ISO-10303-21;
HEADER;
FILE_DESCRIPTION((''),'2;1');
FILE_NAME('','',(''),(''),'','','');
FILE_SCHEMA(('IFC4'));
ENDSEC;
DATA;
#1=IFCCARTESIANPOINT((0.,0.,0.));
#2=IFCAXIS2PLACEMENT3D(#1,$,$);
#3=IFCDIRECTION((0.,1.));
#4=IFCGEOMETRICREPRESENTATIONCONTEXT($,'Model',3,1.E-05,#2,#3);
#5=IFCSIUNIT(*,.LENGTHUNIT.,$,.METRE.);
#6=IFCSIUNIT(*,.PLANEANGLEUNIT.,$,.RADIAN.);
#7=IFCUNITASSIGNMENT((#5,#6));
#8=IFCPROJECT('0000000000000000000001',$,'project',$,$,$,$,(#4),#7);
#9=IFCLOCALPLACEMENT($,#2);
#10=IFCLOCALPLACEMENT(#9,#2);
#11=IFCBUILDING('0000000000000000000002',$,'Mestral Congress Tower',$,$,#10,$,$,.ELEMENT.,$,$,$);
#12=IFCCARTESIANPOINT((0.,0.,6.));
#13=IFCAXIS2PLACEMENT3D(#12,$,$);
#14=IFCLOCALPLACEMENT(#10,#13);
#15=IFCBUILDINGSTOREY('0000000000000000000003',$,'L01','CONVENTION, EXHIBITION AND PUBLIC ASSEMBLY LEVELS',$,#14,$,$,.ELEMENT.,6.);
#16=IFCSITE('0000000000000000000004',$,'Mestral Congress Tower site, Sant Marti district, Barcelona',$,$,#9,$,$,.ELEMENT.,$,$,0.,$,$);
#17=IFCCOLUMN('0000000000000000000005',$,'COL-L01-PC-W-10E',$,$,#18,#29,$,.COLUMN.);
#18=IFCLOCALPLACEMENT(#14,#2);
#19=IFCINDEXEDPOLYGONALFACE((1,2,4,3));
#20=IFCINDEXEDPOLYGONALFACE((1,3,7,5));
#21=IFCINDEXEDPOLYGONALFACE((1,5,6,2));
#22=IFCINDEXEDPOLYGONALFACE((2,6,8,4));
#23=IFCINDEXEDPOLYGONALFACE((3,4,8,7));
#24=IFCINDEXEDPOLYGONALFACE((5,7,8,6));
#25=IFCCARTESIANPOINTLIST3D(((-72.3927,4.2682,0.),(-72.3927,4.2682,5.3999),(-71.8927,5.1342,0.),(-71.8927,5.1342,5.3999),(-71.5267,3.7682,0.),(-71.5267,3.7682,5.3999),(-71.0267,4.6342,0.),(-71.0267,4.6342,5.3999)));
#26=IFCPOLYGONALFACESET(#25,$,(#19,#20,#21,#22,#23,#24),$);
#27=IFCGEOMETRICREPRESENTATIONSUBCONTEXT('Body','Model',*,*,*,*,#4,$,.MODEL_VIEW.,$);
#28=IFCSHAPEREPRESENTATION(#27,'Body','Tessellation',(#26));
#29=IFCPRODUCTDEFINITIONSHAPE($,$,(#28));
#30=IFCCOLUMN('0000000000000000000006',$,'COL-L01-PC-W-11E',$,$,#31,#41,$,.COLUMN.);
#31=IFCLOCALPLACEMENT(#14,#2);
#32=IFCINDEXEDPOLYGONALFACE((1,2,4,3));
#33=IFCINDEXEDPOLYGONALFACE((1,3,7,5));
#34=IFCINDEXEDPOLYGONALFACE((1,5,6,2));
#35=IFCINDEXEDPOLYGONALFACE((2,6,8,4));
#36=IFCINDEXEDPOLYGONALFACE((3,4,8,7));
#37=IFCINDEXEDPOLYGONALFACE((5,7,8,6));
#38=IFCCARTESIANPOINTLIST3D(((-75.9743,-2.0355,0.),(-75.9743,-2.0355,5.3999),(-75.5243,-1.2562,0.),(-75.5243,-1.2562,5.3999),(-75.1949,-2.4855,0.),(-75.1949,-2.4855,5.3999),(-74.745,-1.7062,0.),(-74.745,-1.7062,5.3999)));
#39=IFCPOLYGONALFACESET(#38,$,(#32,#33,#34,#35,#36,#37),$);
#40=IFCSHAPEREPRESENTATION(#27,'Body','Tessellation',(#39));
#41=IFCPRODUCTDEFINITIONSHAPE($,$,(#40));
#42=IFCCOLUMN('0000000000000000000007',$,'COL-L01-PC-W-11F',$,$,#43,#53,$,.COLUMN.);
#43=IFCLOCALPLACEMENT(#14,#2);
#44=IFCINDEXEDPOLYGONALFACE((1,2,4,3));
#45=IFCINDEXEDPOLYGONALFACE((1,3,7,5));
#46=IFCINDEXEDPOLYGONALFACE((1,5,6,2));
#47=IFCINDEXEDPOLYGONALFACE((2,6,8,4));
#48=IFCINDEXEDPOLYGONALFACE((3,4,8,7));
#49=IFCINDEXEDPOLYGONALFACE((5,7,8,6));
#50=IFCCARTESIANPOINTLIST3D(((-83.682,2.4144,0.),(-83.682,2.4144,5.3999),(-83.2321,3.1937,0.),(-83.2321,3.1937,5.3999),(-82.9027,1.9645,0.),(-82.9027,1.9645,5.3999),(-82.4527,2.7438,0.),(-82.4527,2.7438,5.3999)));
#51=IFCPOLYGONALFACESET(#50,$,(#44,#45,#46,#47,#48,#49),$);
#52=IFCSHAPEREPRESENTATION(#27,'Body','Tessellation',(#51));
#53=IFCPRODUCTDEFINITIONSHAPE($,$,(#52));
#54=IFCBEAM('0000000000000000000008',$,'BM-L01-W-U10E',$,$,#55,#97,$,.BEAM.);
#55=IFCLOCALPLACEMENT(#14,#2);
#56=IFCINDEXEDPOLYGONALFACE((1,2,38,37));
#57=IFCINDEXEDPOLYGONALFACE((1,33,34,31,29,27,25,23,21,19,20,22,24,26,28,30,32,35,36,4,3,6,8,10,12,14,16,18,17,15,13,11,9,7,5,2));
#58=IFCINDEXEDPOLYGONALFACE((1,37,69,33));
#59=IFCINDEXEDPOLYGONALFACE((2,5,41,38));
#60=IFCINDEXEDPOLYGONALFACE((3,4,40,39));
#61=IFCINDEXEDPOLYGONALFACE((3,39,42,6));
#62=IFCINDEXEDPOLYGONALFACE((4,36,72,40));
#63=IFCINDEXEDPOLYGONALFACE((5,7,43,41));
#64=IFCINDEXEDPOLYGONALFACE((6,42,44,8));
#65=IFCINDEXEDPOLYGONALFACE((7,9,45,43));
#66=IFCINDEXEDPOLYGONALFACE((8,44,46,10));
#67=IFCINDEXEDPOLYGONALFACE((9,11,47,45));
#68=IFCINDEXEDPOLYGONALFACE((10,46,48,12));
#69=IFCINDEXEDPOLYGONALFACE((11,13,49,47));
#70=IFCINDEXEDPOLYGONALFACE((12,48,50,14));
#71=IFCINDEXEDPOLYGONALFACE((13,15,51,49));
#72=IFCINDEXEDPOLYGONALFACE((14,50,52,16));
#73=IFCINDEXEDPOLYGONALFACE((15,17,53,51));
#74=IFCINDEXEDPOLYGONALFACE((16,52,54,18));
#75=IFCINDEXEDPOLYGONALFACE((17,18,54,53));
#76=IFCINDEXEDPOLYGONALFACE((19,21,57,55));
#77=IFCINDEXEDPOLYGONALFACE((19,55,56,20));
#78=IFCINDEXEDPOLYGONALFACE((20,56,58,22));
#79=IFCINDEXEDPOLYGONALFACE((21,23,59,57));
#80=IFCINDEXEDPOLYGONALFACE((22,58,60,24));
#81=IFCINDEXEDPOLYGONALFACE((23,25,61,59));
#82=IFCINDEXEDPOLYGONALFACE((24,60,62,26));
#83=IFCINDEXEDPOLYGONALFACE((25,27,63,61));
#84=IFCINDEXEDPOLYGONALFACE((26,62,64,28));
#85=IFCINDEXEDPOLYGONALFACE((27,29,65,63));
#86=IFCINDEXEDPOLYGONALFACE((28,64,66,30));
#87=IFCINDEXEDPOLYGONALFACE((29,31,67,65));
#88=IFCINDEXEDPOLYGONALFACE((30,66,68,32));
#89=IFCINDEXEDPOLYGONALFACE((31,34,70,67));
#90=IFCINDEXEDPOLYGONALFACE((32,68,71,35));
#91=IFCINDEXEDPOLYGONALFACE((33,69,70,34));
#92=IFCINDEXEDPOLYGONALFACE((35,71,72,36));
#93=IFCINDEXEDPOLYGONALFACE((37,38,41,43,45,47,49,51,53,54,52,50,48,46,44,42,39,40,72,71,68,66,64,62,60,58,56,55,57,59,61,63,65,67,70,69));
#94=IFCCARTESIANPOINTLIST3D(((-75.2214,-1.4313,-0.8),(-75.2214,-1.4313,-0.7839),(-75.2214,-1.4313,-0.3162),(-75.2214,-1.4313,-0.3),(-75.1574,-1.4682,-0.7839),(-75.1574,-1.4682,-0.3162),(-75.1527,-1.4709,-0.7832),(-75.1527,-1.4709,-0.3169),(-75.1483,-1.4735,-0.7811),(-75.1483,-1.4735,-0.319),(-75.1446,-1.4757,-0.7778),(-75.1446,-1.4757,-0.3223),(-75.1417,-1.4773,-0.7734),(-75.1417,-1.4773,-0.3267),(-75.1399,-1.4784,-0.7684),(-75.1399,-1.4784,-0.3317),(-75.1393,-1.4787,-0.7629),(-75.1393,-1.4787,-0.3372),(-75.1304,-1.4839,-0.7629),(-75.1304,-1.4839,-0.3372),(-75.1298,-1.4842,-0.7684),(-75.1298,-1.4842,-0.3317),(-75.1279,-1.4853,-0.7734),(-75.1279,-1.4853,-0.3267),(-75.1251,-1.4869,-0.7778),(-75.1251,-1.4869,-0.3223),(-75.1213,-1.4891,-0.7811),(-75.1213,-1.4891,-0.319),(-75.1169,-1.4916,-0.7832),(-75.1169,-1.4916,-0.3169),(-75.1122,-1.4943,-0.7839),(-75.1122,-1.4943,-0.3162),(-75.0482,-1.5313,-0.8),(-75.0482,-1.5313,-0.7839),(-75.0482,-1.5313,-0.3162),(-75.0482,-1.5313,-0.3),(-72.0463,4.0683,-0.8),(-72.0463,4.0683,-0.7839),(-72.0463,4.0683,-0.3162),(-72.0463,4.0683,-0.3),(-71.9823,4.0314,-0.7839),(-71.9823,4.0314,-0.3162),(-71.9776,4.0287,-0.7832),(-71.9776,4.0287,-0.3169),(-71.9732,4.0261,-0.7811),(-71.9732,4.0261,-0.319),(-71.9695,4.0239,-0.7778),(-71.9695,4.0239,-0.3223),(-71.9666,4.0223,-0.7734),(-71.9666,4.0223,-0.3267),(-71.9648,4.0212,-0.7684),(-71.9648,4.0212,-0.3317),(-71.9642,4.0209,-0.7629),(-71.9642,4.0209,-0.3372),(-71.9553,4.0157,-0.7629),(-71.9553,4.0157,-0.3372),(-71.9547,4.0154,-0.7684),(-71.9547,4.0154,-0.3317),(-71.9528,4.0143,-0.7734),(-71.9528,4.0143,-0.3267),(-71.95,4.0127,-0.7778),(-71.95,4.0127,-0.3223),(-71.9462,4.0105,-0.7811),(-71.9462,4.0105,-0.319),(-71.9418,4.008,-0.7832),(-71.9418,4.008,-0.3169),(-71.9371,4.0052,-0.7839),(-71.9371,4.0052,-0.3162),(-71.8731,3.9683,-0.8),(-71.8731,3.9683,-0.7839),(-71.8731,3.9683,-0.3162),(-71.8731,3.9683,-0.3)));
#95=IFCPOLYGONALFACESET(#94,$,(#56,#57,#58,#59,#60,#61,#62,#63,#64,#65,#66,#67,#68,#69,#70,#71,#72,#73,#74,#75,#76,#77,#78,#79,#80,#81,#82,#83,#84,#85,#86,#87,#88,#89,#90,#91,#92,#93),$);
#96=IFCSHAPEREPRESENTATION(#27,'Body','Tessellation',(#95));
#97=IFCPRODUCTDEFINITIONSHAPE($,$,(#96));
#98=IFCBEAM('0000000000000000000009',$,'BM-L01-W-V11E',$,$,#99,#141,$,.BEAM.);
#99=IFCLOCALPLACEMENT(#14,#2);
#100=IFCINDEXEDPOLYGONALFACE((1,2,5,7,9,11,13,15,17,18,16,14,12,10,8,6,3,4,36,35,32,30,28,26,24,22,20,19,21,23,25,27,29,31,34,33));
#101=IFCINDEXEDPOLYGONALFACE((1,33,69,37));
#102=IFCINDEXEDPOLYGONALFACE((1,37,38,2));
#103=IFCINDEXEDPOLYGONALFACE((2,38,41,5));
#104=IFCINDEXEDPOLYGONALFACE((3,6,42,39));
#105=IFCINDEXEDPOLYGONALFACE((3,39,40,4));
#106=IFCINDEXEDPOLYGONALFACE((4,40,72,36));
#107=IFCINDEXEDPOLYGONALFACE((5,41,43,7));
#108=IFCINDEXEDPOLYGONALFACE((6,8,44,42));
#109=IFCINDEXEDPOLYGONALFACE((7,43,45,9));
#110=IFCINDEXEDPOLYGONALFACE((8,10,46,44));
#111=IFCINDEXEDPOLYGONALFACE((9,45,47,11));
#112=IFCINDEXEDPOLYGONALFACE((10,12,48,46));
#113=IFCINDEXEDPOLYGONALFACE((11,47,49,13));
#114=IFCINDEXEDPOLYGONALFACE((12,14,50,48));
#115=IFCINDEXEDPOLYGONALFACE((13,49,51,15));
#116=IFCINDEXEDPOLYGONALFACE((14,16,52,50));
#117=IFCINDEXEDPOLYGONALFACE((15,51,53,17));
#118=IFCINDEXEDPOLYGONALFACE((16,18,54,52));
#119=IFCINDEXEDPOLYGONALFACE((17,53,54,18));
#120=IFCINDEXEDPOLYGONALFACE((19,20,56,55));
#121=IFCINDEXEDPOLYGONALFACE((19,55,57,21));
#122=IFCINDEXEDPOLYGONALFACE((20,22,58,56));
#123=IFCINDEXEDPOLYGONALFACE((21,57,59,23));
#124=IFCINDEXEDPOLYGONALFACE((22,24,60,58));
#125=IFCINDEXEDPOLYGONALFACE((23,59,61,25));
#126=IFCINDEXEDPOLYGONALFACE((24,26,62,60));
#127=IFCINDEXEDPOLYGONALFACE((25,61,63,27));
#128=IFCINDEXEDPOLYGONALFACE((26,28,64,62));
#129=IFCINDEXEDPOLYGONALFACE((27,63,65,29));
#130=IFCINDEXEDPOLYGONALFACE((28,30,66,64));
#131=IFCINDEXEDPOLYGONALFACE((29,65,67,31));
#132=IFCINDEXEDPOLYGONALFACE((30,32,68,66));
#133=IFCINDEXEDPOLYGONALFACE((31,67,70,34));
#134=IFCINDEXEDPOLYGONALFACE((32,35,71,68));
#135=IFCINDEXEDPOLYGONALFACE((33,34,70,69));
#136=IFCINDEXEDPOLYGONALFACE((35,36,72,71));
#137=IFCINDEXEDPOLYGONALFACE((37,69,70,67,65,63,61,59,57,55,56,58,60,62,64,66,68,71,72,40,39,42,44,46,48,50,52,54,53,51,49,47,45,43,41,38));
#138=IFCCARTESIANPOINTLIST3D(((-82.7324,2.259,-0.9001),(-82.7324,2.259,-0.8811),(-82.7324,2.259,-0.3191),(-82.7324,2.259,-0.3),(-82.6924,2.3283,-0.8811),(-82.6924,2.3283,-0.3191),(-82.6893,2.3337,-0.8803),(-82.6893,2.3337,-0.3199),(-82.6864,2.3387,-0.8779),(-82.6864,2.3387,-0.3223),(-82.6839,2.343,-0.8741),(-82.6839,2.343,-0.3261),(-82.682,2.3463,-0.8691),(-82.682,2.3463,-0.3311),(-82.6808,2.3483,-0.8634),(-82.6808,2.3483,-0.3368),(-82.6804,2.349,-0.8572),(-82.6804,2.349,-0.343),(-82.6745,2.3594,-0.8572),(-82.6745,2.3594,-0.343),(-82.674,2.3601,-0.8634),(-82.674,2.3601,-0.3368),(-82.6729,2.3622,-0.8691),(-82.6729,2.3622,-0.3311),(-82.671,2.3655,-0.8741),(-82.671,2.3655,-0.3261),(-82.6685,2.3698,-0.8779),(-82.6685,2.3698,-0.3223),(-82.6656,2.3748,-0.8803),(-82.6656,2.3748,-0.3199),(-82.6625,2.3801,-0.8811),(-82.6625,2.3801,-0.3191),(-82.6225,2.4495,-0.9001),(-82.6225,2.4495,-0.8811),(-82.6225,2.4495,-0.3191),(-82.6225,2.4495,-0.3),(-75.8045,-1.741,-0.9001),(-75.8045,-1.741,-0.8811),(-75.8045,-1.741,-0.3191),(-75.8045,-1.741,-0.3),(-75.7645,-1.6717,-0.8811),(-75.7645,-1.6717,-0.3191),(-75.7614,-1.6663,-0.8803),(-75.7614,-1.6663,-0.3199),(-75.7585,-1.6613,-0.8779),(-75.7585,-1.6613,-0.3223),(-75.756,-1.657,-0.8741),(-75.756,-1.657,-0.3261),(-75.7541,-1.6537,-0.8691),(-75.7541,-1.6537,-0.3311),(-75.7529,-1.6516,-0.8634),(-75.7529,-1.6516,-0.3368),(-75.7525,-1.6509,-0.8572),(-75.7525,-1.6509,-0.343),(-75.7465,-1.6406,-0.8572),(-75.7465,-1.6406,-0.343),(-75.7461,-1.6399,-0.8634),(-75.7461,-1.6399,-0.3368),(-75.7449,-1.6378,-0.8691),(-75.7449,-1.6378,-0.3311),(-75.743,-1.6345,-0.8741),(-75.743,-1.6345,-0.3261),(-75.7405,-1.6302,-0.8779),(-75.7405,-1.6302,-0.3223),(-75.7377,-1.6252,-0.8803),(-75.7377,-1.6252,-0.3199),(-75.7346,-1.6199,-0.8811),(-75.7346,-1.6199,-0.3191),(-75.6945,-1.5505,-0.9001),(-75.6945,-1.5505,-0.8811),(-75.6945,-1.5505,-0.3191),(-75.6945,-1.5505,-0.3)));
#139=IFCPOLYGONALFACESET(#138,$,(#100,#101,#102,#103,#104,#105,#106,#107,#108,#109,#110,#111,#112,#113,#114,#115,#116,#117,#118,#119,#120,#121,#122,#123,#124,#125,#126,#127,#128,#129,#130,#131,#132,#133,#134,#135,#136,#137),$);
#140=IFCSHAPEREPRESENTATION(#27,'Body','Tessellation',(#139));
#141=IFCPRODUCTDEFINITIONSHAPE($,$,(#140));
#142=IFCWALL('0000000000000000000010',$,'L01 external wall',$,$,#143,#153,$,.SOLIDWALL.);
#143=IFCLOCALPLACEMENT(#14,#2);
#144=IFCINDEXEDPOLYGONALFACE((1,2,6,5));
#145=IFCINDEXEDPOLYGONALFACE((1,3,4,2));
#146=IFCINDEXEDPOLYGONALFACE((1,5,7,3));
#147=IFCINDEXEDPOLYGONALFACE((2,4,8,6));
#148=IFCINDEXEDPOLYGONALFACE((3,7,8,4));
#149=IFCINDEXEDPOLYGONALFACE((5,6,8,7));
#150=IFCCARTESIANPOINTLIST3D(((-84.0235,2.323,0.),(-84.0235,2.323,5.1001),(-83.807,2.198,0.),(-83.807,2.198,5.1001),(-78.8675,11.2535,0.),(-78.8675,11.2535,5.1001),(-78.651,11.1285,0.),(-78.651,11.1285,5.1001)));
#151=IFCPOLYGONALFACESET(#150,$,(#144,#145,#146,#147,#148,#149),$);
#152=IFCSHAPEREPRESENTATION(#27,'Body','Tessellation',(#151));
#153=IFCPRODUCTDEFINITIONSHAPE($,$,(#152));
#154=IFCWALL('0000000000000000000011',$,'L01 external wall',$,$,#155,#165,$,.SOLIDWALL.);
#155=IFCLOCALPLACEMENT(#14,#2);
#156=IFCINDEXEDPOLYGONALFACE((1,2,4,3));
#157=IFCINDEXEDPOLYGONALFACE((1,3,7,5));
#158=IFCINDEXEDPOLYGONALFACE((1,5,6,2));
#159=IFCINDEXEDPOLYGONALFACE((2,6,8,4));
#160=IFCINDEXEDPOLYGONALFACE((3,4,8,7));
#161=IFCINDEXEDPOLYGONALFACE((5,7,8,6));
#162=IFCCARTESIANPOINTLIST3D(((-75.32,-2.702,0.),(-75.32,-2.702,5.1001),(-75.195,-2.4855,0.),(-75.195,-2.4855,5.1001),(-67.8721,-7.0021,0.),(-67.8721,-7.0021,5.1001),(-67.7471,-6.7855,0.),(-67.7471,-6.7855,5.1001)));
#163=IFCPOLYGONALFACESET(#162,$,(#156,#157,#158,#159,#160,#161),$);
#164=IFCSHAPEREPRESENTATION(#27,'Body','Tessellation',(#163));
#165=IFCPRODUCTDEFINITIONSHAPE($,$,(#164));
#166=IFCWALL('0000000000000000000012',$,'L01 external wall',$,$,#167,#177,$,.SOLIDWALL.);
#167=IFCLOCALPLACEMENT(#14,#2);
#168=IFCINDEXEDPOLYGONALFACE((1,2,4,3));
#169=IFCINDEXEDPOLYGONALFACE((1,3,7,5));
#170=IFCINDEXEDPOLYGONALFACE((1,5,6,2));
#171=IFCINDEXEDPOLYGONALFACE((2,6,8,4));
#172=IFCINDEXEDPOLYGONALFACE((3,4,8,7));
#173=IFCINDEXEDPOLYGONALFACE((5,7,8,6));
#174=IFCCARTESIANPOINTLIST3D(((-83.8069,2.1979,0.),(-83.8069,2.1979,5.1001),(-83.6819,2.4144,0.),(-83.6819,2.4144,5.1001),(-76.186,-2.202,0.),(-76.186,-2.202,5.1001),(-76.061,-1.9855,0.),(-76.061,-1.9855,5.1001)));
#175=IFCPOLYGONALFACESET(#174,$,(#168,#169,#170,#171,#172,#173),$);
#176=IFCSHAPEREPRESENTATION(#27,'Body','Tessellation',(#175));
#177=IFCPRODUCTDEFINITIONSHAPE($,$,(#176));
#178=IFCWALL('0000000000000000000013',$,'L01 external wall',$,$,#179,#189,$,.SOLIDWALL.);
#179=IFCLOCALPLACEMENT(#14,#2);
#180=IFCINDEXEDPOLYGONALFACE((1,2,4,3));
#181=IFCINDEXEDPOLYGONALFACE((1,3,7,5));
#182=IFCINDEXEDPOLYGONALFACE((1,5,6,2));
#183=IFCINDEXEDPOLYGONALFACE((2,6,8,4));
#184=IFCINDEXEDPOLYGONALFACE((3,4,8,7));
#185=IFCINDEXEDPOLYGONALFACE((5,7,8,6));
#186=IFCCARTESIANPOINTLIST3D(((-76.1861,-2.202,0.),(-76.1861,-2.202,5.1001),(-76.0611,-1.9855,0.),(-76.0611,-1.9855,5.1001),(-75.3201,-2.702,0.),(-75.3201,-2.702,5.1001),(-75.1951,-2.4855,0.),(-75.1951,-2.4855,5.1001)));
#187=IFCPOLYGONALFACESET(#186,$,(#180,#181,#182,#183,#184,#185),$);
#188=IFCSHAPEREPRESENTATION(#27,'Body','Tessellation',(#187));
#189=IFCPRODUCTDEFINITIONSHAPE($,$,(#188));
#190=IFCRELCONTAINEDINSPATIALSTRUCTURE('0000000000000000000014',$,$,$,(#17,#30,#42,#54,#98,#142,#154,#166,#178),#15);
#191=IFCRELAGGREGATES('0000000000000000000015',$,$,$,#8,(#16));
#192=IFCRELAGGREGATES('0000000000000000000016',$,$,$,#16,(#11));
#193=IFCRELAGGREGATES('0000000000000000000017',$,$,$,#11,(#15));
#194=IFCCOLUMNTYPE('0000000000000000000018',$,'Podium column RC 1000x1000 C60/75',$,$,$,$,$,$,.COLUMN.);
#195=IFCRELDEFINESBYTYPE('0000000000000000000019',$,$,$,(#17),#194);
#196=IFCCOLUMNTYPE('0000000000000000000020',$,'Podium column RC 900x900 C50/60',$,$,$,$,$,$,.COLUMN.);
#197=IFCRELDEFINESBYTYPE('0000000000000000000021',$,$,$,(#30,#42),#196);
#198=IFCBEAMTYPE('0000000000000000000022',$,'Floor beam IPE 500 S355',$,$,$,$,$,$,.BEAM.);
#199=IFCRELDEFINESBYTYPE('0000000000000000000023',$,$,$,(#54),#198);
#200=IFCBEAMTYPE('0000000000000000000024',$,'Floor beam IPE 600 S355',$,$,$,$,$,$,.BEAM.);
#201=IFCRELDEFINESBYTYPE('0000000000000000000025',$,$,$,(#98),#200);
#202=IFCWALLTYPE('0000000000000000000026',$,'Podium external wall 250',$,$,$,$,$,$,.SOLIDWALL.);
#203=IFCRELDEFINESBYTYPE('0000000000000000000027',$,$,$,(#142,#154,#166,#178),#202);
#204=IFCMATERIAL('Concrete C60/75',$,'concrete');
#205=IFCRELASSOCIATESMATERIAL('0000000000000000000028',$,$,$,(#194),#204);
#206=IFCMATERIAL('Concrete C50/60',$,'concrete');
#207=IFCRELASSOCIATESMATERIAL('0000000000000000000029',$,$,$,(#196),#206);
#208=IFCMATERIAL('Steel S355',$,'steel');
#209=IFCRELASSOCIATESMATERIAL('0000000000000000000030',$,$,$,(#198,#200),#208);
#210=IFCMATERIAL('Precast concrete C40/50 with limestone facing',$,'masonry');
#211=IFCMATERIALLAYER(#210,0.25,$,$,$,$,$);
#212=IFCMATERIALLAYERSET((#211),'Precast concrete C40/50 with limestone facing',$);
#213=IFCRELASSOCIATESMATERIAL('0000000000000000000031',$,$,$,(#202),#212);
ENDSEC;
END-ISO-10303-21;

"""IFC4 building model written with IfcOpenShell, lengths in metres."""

from ifc_helpers import new_model, si_unit, direction, frame, frame_2d, origin, origin_2d, place, context, subcontext, project, spatial, rectangle, i_section, extrude, material, layer, layer_set, material_profile, profile_set, type_object, element, save


model = new_model("IFC4")

# Units and contexts
model_context = context("Model", 3, precision=1e-05, world=origin(), true_north=direction((0.0, 1.0)))
body_context = subcontext(model_context, "Body", "Model", "MODEL_VIEW")
ifc_project = project(units=[si_unit("LENGTHUNIT", "METRE"), si_unit("PLANEANGLEUNIT", "RADIAN")], contexts=[model_context])

# Site, building, storey
site_placement = place(None, origin())
site = spatial("IfcSite", under=ifc_project, at=site_placement, Name="Mestral Congress Tower site, Sant Marti district, Barcelona", CompositionType="ELEMENT", RefElevation=0.0)
building_placement = place(site_placement, origin())
building = spatial("IfcBuilding", under=site, at=building_placement, Name="Mestral Congress Tower", CompositionType="ELEMENT")
storey_placement = place(building_placement, frame((0.0, 0.0, 6.0)))
storey = spatial("IfcBuildingStorey", under=building, at=storey_placement, Name="L01", Description="CONVENTION, EXHIBITION AND PUBLIC ASSEMBLY LEVELS", CompositionType="ELEMENT", Elevation=6.0)

# Columns
ifc_material_1 = material(Name="Concrete C60/75", Category="concrete")
ifc_material_profile_1 = material_profile(ifc_material_1, rectangle(XDim=1.0, YDim=1.0, at=origin_2d()), Name="RC 1000x1000")
ifc_profile_set_1 = profile_set([ifc_material_profile_1], Name="Concrete C60/75")
column_type_1 = type_object("IfcColumnType", Name="Podium column RC 1000x1000 C60/75", PredefinedType="COLUMN", material=ifc_profile_set_1)
column_placement = place(storey_placement, frame((-71.7097, 4.4512, 0.0), z_axis=(0.0, 0.0, 1.0), x_axis=(-0.5, -0.866025, 0.0)))
element("IfcColumn", 1, at=column_placement, inside=storey, type_object=column_type_1, Name="COL-L01-PC-W-10E", PredefinedType="COLUMN", context=body_context, shape_type="SweptSolid", body=[
    extrude(rectangle(XDim=1.0, YDim=1.0, at=origin_2d()), origin(), (0.0, 0.0, 1.0), 5.3999),
])
ifc_material_2 = material(Name="Concrete C50/60", Category="concrete")
ifc_material_profile_2 = material_profile(ifc_material_2, rectangle(XDim=0.8999, YDim=0.8999, at=origin_2d()), Name="RC 900x900")
ifc_profile_set_2 = profile_set([ifc_material_profile_2], Name="Concrete C50/60")
column_type_2 = type_object("IfcColumnType", Name="Podium column RC 900x900 C50/60", PredefinedType="COLUMN", material=ifc_profile_set_2)
for number, where, z_axis, x_axis, name in (
    (2, (-75.3596, -1.8708, 0.0), (0.0, 0.0, 1.0), (-0.5, -0.866025, 0.0), "COL-L01-PC-W-11E"),
    (3, (-83.0674, 2.5791, 0.0), (0.0, 0.0, 1.0), (-0.5, -0.866025, 0.0), "COL-L01-PC-W-11F"),
):
    element("IfcColumn", number, at=place(storey_placement, frame(where, z_axis=z_axis, x_axis=x_axis)), inside=storey, type_object=column_type_2, Name=name, PredefinedType="COLUMN", context=body_context, shape_type="SweptSolid", body=[
        extrude(rectangle(XDim=0.8999, YDim=0.8999, at=origin_2d()), origin(), (0.0, 0.0, 1.0), 5.3999),
    ])

# Beams
ifc_material_3 = material(Name="Steel S355", Category="steel")
ifc_material_profile_3 = material_profile(ifc_material_3, i_section(OverallWidth=0.2, OverallDepth=0.5, WebThickness=0.0103, FlangeThickness=0.0161, FilletRadius=0.021, at=origin_2d()), Name="IPE 500")
ifc_profile_set_3 = profile_set([ifc_material_profile_3], Name="Steel S355")
beam_type_1 = type_object("IfcBeamType", Name="Floor beam IPE 500 S355", PredefinedType="BEAM", material=ifc_profile_set_3)
beam_1_placement = place(storey_placement, frame((-71.9597, 4.0183, -0.55), z_axis=(-0.499989, -0.866032, 0.0), x_axis=(0.866032, -0.499989, 0.0)))
element("IfcBeam", 4, at=beam_1_placement, inside=storey, type_object=beam_type_1, Name="BM-L01-W-U10E", PredefinedType="BEAM", context=body_context, shape_type="SweptSolid", body=[
    extrude(i_section(OverallWidth=0.2, OverallDepth=0.5, WebThickness=0.0103, FlangeThickness=0.0161, FilletRadius=0.021, at=origin_2d()), origin(), (0.0, 0.0, 1.0), 6.3503),
])
ifc_material_profile_4 = material_profile(ifc_material_3, i_section(OverallWidth=0.22, OverallDepth=0.6001, WebThickness=0.012, FlangeThickness=0.019, FilletRadius=0.0239, at=origin_2d()), Name="IPE 600")
ifc_profile_set_4 = profile_set([ifc_material_profile_4], Name="Steel S355")
beam_type_2 = type_object("IfcBeamType", Name="Floor beam IPE 600 S355", PredefinedType="BEAM", material=ifc_profile_set_4)
beam_2_placement = place(storey_placement, frame((-75.7495, -1.6458, -0.6001), z_axis=(-0.866018, 0.500012, 0.0), x_axis=(-0.500012, -0.866018, 0.0)))
element("IfcBeam", 5, at=beam_2_placement, inside=storey, type_object=beam_type_2, Name="BM-L01-W-V11E", PredefinedType="BEAM", context=body_context, shape_type="SweptSolid", body=[
    extrude(i_section(OverallWidth=0.22, OverallDepth=0.6001, WebThickness=0.012, FlangeThickness=0.019, FilletRadius=0.0239, at=origin_2d()), origin(), (0.0, 0.0, 1.0), 7.9998),
])

# Walls
ifc_material_4 = material(Name="Precast concrete C40/50 with limestone facing", Category="masonry")
ifc_layer_1 = layer(ifc_material_4, 0.25)
ifc_layer_set_1 = layer_set([ifc_layer_1], Name="Precast concrete C40/50 with limestone facing")
wall_type_1 = type_object("IfcWallType", Name="Podium external wall 250", PredefinedType="SOLIDWALL", material=ifc_layer_set_1)
wall_1_placement = place(storey_placement, frame((-83.9153, 2.2605, 0.0), z_axis=(0.0, 0.0, 1.0), x_axis=(0.500002, 0.866024, 0.0)))
element("IfcWall", 6, at=wall_1_placement, inside=storey, type_object=wall_type_1, Name="L01 external wall", PredefinedType="SOLIDWALL", context=body_context, shape_type="SweptSolid", body=[
    extrude(rectangle(XDim=10.312, YDim=0.25, at=frame_2d((5.156, 0.0))), origin(), (0.0, 0.0, 1.0), 5.1001),
])
wall_2_placement = place(storey_placement, frame((-67.8096, -6.8938, 0.0), z_axis=(0.0, 0.0, 1.0), x_axis=(-0.866028, 0.499995, 0.0)))
element("IfcWall", 7, at=wall_2_placement, inside=storey, type_object=wall_type_1, Name="L01 external wall", PredefinedType="SOLIDWALL", context=body_context, shape_type="SweptSolid", body=[
    extrude(rectangle(XDim=8.6001, YDim=0.25, at=frame_2d((4.3, 0.0))), origin(), (0.0, 0.0, 1.0), 5.1001),
])
wall_3_placement = place(storey_placement, frame((-76.1235, -2.0938, 0.0), z_axis=(0.0, 0.0, 1.0), x_axis=(-0.866025, 0.5, 0.0)))
element("IfcWall", 8, at=wall_3_placement, inside=storey, type_object=wall_type_1, Name="L01 external wall", PredefinedType="SOLIDWALL", context=body_context, shape_type="SweptSolid", body=[
    extrude(rectangle(XDim=8.7998, YDim=0.25, at=frame_2d((4.3999, 0.0))), origin(), (0.0, 0.0, 1.0), 5.1001),
])
wall_4_placement = place(storey_placement, frame((-75.2576, -2.5938, 0.0), z_axis=(0.0, 0.0, 1.0), x_axis=(-0.866011, 0.500025, 0.0)))
element("IfcWall", 9, at=wall_4_placement, inside=storey, type_object=wall_type_1, Name="L01 external wall", PredefinedType="SOLIDWALL", context=body_context, shape_type="SweptSolid", body=[
    extrude(rectangle(XDim=1.0, YDim=0.25, at=frame_2d((0.5, 0.0))), origin(), (0.0, 0.0, 1.0), 5.1001),
])

save(model, "model.ifc")
